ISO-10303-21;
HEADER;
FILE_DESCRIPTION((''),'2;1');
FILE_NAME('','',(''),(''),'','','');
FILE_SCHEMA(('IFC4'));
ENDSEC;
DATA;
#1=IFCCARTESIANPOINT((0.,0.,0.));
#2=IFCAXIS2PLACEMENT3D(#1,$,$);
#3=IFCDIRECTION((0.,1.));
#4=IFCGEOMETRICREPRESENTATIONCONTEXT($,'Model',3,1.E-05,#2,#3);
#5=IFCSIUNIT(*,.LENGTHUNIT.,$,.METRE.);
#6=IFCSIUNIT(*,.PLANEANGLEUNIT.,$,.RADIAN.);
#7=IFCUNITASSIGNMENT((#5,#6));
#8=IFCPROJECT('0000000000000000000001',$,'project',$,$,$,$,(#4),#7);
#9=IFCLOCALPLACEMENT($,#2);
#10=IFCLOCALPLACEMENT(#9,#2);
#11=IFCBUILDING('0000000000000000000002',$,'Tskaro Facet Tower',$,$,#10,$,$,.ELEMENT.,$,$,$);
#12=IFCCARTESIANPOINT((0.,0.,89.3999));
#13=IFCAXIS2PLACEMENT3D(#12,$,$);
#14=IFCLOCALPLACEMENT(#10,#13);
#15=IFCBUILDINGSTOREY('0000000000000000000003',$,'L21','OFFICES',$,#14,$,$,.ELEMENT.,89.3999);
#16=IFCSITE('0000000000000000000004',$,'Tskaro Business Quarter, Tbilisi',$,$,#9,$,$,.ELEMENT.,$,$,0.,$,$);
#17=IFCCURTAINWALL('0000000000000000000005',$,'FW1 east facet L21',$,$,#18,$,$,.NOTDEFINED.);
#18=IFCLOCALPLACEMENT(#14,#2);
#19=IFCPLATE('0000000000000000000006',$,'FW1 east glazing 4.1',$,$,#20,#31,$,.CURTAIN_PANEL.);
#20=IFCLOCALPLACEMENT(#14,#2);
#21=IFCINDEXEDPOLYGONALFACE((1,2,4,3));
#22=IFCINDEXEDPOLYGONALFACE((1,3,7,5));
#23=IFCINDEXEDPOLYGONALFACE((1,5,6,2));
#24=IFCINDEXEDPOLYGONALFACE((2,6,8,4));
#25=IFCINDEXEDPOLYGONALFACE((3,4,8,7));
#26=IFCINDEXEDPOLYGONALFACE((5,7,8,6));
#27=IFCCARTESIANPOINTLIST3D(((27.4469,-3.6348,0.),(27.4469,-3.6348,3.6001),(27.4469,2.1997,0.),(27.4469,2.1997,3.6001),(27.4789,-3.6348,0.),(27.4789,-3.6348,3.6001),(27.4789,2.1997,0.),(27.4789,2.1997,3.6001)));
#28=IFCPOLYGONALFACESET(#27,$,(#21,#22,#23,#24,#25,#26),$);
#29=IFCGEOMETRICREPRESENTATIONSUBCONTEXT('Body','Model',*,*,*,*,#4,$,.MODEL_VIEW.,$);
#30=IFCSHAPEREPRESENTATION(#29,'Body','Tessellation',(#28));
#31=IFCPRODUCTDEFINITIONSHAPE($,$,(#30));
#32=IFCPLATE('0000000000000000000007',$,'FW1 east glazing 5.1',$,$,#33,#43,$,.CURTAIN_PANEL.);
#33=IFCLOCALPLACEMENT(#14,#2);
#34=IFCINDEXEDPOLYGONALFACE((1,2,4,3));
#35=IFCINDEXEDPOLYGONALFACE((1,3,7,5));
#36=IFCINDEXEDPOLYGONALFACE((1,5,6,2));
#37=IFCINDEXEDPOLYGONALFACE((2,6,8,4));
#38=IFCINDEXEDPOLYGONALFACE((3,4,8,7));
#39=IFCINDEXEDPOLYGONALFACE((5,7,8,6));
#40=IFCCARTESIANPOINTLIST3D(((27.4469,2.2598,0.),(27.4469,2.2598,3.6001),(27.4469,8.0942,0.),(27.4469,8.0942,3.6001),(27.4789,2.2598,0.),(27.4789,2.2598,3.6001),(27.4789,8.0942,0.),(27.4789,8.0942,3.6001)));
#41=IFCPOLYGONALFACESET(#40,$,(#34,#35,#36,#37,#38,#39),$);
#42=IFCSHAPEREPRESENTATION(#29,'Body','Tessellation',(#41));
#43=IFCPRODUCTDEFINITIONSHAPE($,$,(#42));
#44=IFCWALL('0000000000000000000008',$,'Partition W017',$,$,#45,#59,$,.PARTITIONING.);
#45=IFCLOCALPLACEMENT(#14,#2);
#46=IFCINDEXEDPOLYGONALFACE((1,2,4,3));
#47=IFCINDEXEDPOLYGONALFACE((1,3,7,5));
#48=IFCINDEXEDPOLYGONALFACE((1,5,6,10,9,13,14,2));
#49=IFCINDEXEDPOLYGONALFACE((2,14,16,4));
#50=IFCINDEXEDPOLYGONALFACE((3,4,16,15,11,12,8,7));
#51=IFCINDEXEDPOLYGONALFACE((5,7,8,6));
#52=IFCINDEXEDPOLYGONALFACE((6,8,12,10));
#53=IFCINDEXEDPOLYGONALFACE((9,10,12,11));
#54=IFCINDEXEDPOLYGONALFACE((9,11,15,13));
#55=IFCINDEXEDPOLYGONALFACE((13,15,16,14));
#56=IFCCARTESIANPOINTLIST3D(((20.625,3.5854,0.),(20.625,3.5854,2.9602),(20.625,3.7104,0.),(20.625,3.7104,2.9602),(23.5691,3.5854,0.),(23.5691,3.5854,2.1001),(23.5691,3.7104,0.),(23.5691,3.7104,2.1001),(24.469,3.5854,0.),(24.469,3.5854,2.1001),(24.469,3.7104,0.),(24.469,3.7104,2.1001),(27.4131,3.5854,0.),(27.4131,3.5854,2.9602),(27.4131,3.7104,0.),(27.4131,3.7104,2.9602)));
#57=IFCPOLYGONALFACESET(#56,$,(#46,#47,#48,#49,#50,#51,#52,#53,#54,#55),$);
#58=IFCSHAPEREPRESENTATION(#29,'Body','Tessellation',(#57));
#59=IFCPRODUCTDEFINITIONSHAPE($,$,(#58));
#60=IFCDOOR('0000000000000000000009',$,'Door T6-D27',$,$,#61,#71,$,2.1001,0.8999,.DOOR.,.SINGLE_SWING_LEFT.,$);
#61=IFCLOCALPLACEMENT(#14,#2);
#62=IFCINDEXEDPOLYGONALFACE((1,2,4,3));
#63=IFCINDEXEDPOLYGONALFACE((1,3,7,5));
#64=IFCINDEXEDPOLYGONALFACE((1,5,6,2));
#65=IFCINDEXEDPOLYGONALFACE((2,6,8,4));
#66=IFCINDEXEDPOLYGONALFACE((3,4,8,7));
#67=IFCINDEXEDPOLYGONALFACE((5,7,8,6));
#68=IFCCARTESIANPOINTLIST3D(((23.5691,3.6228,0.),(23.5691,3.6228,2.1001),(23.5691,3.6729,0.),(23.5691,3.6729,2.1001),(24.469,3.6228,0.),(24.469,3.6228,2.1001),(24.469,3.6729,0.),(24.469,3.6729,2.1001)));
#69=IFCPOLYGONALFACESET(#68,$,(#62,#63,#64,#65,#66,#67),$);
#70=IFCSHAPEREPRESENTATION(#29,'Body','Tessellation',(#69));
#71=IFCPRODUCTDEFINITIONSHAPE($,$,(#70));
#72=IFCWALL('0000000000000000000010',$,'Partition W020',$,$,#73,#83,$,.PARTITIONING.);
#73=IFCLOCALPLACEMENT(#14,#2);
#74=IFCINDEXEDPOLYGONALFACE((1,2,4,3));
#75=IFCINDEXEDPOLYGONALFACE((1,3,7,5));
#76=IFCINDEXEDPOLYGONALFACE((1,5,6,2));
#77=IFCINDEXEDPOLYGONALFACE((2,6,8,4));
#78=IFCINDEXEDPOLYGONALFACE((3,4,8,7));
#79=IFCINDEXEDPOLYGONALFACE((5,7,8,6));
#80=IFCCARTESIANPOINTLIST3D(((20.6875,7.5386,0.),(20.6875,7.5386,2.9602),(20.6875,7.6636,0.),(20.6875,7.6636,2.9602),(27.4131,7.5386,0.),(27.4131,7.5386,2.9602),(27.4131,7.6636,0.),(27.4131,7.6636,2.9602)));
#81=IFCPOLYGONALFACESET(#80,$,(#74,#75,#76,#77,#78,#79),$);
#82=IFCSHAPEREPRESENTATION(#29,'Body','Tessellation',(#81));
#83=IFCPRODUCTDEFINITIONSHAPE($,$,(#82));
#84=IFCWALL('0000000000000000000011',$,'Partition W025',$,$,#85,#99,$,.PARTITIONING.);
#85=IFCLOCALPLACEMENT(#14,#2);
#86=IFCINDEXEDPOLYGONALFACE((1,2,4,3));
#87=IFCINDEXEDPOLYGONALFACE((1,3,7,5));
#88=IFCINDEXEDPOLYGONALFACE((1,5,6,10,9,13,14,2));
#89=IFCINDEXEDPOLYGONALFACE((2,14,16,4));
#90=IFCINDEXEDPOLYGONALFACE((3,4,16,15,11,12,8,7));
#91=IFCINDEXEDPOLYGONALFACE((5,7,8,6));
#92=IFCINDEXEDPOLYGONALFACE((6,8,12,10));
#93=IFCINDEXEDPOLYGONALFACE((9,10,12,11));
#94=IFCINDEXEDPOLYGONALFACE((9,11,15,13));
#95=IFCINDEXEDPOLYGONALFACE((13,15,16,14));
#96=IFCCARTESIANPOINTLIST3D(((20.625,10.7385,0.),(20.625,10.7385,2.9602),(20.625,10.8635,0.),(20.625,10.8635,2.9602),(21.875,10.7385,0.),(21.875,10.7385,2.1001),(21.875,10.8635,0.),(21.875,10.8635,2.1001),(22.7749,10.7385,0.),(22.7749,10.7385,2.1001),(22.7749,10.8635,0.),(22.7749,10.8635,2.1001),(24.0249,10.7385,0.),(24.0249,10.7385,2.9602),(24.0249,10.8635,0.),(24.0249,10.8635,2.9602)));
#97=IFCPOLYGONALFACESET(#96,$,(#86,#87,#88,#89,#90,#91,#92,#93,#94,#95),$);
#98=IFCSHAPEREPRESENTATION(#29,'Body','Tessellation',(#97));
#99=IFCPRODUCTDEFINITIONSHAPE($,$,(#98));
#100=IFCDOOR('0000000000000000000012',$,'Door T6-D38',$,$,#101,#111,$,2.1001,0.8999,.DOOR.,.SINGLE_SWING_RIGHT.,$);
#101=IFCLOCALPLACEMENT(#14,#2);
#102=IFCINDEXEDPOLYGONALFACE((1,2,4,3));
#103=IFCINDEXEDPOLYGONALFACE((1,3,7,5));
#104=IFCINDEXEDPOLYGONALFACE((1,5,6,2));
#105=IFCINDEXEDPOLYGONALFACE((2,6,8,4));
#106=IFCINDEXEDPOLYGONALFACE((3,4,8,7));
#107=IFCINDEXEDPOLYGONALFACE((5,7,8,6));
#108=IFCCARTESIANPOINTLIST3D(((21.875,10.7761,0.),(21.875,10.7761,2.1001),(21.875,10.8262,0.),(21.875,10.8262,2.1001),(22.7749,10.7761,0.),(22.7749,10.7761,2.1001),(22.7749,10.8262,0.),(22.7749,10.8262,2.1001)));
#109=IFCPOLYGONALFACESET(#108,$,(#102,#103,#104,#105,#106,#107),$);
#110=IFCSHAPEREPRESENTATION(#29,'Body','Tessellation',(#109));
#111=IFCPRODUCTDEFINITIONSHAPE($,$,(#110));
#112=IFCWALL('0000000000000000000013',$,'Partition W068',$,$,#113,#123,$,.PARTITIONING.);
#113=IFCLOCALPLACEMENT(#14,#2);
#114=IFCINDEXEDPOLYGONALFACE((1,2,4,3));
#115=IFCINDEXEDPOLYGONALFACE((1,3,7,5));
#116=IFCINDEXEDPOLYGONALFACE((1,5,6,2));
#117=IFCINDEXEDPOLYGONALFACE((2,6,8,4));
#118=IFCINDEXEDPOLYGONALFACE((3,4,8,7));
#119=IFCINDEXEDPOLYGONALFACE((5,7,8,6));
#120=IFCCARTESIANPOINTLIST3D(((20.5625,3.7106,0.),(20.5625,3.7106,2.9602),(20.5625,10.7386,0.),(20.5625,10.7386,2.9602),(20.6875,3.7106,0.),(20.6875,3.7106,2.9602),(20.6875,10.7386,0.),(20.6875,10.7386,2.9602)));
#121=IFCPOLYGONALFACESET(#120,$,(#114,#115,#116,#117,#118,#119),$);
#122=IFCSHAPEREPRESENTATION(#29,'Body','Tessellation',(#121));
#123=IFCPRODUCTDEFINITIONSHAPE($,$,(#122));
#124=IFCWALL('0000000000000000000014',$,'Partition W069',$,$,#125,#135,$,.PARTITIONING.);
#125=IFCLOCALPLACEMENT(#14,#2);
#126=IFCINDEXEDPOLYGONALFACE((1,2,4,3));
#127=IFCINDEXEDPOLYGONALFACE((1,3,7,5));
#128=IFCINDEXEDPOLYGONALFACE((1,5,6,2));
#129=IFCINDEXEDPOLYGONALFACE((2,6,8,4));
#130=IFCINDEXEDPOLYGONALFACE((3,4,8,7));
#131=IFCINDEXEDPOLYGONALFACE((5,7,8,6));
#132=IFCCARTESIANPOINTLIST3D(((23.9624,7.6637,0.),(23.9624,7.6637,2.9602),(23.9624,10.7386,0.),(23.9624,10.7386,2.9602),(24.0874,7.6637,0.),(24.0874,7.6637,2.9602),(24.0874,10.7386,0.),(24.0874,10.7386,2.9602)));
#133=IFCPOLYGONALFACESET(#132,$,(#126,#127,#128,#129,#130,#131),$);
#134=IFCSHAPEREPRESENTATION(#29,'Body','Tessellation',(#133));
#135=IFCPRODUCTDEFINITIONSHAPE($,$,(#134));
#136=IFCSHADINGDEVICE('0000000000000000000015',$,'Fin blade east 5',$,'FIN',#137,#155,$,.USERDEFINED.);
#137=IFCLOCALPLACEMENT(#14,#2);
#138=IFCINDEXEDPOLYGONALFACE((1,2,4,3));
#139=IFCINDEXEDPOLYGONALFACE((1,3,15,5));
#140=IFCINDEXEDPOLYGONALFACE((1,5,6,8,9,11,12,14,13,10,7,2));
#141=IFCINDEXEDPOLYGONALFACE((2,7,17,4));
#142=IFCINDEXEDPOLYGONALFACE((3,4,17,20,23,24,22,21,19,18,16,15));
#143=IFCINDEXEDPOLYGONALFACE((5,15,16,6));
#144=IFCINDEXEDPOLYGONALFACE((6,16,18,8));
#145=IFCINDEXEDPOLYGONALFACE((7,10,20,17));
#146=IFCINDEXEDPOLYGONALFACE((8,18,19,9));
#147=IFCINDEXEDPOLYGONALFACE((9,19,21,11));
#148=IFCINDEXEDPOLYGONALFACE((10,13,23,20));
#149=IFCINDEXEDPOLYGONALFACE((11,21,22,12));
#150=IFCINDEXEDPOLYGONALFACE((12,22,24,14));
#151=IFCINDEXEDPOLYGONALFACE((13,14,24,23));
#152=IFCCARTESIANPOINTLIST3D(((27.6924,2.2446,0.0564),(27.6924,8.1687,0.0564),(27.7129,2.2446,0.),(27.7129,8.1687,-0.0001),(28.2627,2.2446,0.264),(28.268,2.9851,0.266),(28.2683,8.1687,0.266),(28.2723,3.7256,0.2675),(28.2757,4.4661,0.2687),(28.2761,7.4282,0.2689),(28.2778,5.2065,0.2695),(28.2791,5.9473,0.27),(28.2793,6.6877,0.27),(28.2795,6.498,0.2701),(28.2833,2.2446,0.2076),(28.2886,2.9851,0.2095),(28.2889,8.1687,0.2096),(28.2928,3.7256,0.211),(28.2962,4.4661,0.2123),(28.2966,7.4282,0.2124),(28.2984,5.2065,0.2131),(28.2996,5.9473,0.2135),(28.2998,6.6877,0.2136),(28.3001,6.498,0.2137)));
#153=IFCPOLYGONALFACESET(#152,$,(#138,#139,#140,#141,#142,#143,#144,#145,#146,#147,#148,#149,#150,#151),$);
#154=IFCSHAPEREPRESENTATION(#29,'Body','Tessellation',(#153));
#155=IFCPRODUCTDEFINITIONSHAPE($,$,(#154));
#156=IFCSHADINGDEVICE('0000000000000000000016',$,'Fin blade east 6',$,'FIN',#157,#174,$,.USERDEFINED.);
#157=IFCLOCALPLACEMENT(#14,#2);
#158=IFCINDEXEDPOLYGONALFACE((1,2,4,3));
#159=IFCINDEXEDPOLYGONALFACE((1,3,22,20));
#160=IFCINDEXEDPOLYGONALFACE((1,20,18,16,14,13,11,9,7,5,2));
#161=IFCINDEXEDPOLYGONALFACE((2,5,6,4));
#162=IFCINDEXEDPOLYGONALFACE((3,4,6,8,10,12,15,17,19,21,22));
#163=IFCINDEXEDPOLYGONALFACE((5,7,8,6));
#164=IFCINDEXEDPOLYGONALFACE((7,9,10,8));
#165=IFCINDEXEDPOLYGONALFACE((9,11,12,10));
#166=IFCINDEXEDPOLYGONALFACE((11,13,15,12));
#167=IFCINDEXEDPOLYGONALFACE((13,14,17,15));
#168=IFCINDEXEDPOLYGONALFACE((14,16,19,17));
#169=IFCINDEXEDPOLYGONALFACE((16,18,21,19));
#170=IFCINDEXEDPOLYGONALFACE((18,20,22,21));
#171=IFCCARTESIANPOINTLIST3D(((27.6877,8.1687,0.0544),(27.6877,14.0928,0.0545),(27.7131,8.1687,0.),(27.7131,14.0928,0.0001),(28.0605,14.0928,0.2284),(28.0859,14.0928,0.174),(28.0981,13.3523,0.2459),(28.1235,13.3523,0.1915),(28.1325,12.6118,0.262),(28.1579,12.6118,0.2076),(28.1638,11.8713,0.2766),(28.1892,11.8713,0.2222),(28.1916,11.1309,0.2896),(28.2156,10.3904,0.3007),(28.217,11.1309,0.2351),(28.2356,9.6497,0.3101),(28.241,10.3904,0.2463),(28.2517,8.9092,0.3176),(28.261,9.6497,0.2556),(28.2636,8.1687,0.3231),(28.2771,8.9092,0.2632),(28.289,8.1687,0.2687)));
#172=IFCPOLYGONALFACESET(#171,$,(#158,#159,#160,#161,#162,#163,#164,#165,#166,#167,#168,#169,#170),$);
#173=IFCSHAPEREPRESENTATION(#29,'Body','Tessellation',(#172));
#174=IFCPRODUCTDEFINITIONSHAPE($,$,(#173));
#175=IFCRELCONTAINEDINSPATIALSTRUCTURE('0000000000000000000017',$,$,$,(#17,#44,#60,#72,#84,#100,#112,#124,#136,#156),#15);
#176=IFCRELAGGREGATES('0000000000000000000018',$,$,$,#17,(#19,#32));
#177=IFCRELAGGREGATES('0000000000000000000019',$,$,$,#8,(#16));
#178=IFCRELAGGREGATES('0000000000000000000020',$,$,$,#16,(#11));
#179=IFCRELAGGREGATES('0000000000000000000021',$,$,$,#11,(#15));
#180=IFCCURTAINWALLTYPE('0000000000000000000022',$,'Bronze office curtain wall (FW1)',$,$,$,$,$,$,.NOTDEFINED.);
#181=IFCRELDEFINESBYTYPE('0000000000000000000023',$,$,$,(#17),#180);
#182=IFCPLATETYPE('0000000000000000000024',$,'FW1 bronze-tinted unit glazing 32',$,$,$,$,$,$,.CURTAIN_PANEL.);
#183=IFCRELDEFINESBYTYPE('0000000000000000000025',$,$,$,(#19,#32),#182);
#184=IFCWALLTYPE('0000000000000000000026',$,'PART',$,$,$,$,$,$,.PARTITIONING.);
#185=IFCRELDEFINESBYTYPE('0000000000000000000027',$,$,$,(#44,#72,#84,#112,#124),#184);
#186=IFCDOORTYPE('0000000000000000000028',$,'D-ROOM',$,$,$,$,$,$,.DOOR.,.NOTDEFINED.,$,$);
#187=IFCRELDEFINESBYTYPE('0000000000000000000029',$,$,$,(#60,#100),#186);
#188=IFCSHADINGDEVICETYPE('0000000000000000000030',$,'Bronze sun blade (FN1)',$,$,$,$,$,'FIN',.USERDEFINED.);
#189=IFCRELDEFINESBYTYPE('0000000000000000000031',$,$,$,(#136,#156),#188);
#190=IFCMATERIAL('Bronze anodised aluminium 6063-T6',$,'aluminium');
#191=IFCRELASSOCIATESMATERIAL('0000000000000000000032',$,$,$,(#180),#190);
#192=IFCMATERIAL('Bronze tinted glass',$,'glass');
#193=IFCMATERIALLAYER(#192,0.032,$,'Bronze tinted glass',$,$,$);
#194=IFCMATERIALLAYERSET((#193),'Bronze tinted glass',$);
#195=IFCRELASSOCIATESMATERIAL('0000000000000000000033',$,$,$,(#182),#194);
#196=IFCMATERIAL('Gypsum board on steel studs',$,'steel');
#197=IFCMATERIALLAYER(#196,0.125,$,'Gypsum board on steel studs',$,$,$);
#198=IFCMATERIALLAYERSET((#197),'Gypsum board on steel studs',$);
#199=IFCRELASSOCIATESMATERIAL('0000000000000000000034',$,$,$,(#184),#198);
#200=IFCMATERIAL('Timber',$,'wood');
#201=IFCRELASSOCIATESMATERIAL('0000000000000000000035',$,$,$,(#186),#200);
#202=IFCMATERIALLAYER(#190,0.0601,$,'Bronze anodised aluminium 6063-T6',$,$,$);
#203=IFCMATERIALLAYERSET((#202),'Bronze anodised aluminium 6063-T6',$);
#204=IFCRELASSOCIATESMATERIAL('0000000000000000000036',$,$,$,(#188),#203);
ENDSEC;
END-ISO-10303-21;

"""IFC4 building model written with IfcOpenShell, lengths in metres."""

from ifc_helpers import new_model, si_unit, direction, frame, frame_2d, origin, origin_2d, place, context, subcontext, project, spatial, polyline, rectangle, outline, extrude, material, layer, layer_set, type_object, element, fill, aggregate, save


model = new_model("IFC4")

# Units and contexts
model_context = context("Model", 3, precision=1e-05, world=origin(), true_north=direction((0.0, 1.0)))
body_context = subcontext(model_context, "Body", "Model", "MODEL_VIEW")
ifc_project = project(units=[si_unit("LENGTHUNIT", "METRE"), si_unit("PLANEANGLEUNIT", "RADIAN")], contexts=[model_context])

# Site, building, storey
site_placement = place(None, origin())
site = spatial("IfcSite", under=ifc_project, at=site_placement, Name="Tskaro Business Quarter, Tbilisi", CompositionType="ELEMENT", RefElevation=0.0)
building_placement = place(site_placement, origin())
building = spatial("IfcBuilding", under=site, at=building_placement, Name="Tskaro Facet Tower", CompositionType="ELEMENT")
storey_placement = place(building_placement, frame((0.0, 0.0, 89.3999)))
storey = spatial("IfcBuildingStorey", under=building, at=storey_placement, Name="L21", Description="OFFICES", CompositionType="ELEMENT", Elevation=89.3999)

# Curtain wall
ifc_material_1 = material(Name="Bronze anodised aluminium 6063-T6", Category="aluminium")
curtain_wall_type = type_object("IfcCurtainWallType", Name="Bronze office curtain wall (FW1)", PredefinedType="NOTDEFINED", material=ifc_material_1)
curtain_wall_placement = place(storey_placement, origin())
curtain_wall = element("IfcCurtainWall", 1, at=curtain_wall_placement, inside=storey, type_object=curtain_wall_type, Name="FW1 east facet L21", PredefinedType="NOTDEFINED")

# Plates
ifc_material_2 = material(Name="Bronze tinted glass", Category="glass")
ifc_layer_1 = layer(ifc_material_2, 0.032, Name="Bronze tinted glass")
ifc_layer_set_1 = layer_set([ifc_layer_1], Name="Bronze tinted glass")
plate_type = type_object("IfcPlateType", Name="FW1 bronze-tinted unit glazing 32", PredefinedType="CURTAIN_PANEL", material=ifc_layer_set_1)
plate_1_placement = place(storey_placement, frame((27.4629, -0.7175, 0.0), z_axis=(0.0, 0.0, 1.0), x_axis=(0.0, 1.0, 0.0)))
plate_1 = element("IfcPlate", 2, at=plate_1_placement, type_object=plate_type, Name="FW1 east glazing 4.1", PredefinedType="CURTAIN_PANEL", context=body_context, shape_type="SweptSolid", body=[
    extrude(rectangle(XDim=5.8345, YDim=0.032, at=origin_2d()), origin(), (0.0, 0.0, 1.0), 3.6001),
])
plate_2_placement = place(storey_placement, frame((27.4629, 5.177, 0.0), z_axis=(0.0, 0.0, 1.0), x_axis=(0.0, 1.0, 0.0)))
plate_2 = element("IfcPlate", 3, at=plate_2_placement, type_object=plate_type, Name="FW1 east glazing 5.1", PredefinedType="CURTAIN_PANEL", context=body_context, shape_type="SweptSolid", body=[
    extrude(rectangle(XDim=5.8345, YDim=0.032, at=origin_2d()), origin(), (0.0, 0.0, 1.0), 3.6001),
])
aggregate(curtain_wall, [plate_1, plate_2])

# Wall, opening, door
ifc_material_3 = material(Name="Gypsum board on steel studs", Category="steel")
ifc_layer_2 = layer(ifc_material_3, 0.125, Name="Gypsum board on steel studs")
ifc_layer_set_2 = layer_set([ifc_layer_2], Name="Gypsum board on steel studs")
wall_type = type_object("IfcWallType", Name="PART", PredefinedType="PARTITIONING", material=ifc_layer_set_2)
wall_1_placement = place(storey_placement, frame((20.625, 3.6479, 0.0), z_axis=(0.0, 0.0, 1.0), x_axis=(1.0, 0.0, 0.0)))
wall_1 = element("IfcWall", 4, at=wall_1_placement, inside=storey, type_object=wall_type, Name="Partition W017", PredefinedType="PARTITIONING", context=body_context, shape_type="SweptSolid", body=[
    extrude(rectangle(XDim=6.7881, YDim=0.125, at=frame_2d((3.394, 0.0))), origin(), (0.0, 0.0, 1.0), 2.9602),
])
opening_1_placement = place(wall_1_placement, frame((2.9441, 0.0, 0.0)))
opening_1 = element("IfcOpeningElement", 5, at=opening_1_placement, cuts=wall_1, PredefinedType="OPENING", context=body_context, shape_type="SweptSolid", body=[
    extrude(rectangle(XDim=0.8999, YDim=2.1001, at=frame_2d((0.45, 1.05))), frame((0.0, 0.0725, 0.0), z_axis=(0.0, -1.0, 0.0), x_axis=(1.0, 0.0, 0.0)), (0.0, 0.0, 1.0), 0.145),
])
ifc_material_4 = material(Name="Timber", Category="wood")
door_type = type_object("IfcDoorType", Name="D-ROOM", OperationType="NOTDEFINED", PredefinedType="DOOR", material=ifc_material_4)
door_1_placement = place(opening_1_placement, origin())
door_1 = element("IfcDoor", 6, at=door_1_placement, inside=storey, type_object=door_type, Name="Door T6-D27", OperationType="SINGLE_SWING_LEFT", OverallHeight=2.1001, OverallWidth=0.8999, PredefinedType="DOOR", context=body_context, shape_type="SweptSolid", body=[
    extrude(rectangle(XDim=0.8999, YDim=2.1001, at=frame_2d((0.45, 1.05))), frame((0.0, 0.0249, 0.0), z_axis=(0.0, -1.0, 0.0), x_axis=(1.0, 0.0, 0.0)), (0.0, 0.0, 1.0), 0.05),
])
fill(opening_1, door_1)

# Wall
wall_2_placement = place(storey_placement, frame((20.6875, 7.6011, 0.0), z_axis=(0.0, 0.0, 1.0), x_axis=(1.0, 0.0, 0.0)))
element("IfcWall", 7, at=wall_2_placement, inside=storey, type_object=wall_type, Name="Partition W020", PredefinedType="PARTITIONING", context=body_context, shape_type="SweptSolid", body=[
    extrude(rectangle(XDim=6.7256, YDim=0.125, at=frame_2d((3.3628, 0.0))), origin(), (0.0, 0.0, 1.0), 2.9602),
])

# Wall, opening, door
wall_3_placement = place(storey_placement, frame((24.0249, 10.801, 0.0), z_axis=(0.0, 0.0, 1.0), x_axis=(-1.0, 0.0, 0.0)))
wall_3 = element("IfcWall", 8, at=wall_3_placement, inside=storey, type_object=wall_type, Name="Partition W025", PredefinedType="PARTITIONING", context=body_context, shape_type="SweptSolid", body=[
    extrude(rectangle(XDim=3.3999, YDim=0.125, at=frame_2d((1.7, 0.0))), origin(), (0.0, 0.0, 1.0), 2.9602),
])
opening_2_placement = place(wall_3_placement, frame((1.25, 0.0, 0.0)))
opening_2 = element("IfcOpeningElement", 9, at=opening_2_placement, cuts=wall_3, PredefinedType="OPENING", context=body_context, shape_type="SweptSolid", body=[
    extrude(rectangle(XDim=0.8999, YDim=2.1001, at=frame_2d((0.45, 1.05))), frame((0.0, 0.0725, 0.0), z_axis=(0.0, -1.0, 0.0), x_axis=(1.0, 0.0, 0.0)), (0.0, 0.0, 1.0), 0.145),
])
door_2_placement = place(opening_2_placement, origin())
door_2 = element("IfcDoor", 10, at=door_2_placement, inside=storey, type_object=door_type, Name="Door T6-D38", OperationType="SINGLE_SWING_RIGHT", OverallHeight=2.1001, OverallWidth=0.8999, PredefinedType="DOOR", context=body_context, shape_type="SweptSolid", body=[
    extrude(rectangle(XDim=0.8999, YDim=2.1001, at=frame_2d((0.45, 1.05))), frame((0.0, 0.0249, 0.0), z_axis=(0.0, -1.0, 0.0), x_axis=(1.0, 0.0, 0.0)), (0.0, 0.0, 1.0), 0.05),
])
fill(opening_2, door_2)

# Walls
wall_4_placement = place(storey_placement, frame((20.625, 3.7104, 0.0), z_axis=(0.0, 0.0, 1.0), x_axis=(0.0, 1.0, 0.0)))
element("IfcWall", 11, at=wall_4_placement, inside=storey, type_object=wall_type, Name="Partition W068", PredefinedType="PARTITIONING", context=body_context, shape_type="SweptSolid", body=[
    extrude(rectangle(XDim=7.0281, YDim=0.125, at=frame_2d((3.5142, 0.0))), origin(), (0.0, 0.0, 1.0), 2.9602),
])
wall_5_placement = place(storey_placement, frame((24.0249, 7.6636, 0.0), z_axis=(0.0, 0.0, 1.0), x_axis=(0.0, 1.0, 0.0)))
element("IfcWall", 12, at=wall_5_placement, inside=storey, type_object=wall_type, Name="Partition W069", PredefinedType="PARTITIONING", context=body_context, shape_type="SweptSolid", body=[
    extrude(rectangle(XDim=3.075, YDim=0.125, at=frame_2d((1.5376, 0.0))), origin(), (0.0, 0.0, 1.0), 2.9602),
])

# Shading devices
ifc_layer_3 = layer(ifc_material_1, 0.0601, Name="Bronze anodised aluminium 6063-T6")
ifc_layer_set_3 = layer_set([ifc_layer_3], Name="Bronze anodised aluminium 6063-T6")
shading_device_type = type_object("IfcShadingDeviceType", Name="Bronze sun blade (FN1)", ElementType="FIN", PredefinedType="USERDEFINED", material=ifc_layer_set_3)
shading_device_1_placement = place(storey_placement, frame((27.6924, 2.2446, 0.0564), z_axis=(-0.342085, 0.000007, 0.939669), x_axis=(0.000002, 1.0, -0.000007)))
element("IfcShadingDevice", 13, at=shading_device_1_placement, inside=storey, type_object=shading_device_type, Name="Fin blade east 5", ObjectType="FIN", PredefinedType="USERDEFINED", context=body_context, shape_type="SweptSolid", body=[
    extrude(outline(polyline([(0.0, 0.0), (5.9241, 0.0), (5.9241, -0.6129), (5.1836, -0.6212), (4.4431, -0.6246), (4.2534, -0.6248), (3.7026, -0.6244), (2.9619, -0.623), (2.2214, -0.6207), (1.481, -0.6171), (0.7405, -0.6126), (0.0, -0.607), (0.0, 0.0)])), origin(), (0.0, 0.0, -1.0), 0.0601),
])
shading_device_2_placement = place(storey_placement, frame((27.6877, 8.1687, 0.0544), z_axis=(-0.422803, -0.000007, 0.906222), x_axis=(-0.000003, 1.0, 0.000006)))
element("IfcShadingDevice", 14, at=shading_device_2_placement, inside=storey, type_object=shading_device_type, Name="Fin blade east 6", ObjectType="FIN", PredefinedType="USERDEFINED", context=body_context, shape_type="SweptSolid", body=[
    extrude(outline(polyline([(0.0, 0.0), (5.9241, 0.0), (5.9241, -0.4113), (5.1836, -0.4528), (4.4431, -0.4908), (3.7026, -0.5254), (2.9622, -0.5561), (2.2217, -0.5825), (1.481, -0.6045), (0.7405, -0.6224), (0.0, -0.6355), (0.0, 0.0)])), origin(), (0.0, 0.0, -1.0), 0.0601),
])

save(model, "model.ifc")
